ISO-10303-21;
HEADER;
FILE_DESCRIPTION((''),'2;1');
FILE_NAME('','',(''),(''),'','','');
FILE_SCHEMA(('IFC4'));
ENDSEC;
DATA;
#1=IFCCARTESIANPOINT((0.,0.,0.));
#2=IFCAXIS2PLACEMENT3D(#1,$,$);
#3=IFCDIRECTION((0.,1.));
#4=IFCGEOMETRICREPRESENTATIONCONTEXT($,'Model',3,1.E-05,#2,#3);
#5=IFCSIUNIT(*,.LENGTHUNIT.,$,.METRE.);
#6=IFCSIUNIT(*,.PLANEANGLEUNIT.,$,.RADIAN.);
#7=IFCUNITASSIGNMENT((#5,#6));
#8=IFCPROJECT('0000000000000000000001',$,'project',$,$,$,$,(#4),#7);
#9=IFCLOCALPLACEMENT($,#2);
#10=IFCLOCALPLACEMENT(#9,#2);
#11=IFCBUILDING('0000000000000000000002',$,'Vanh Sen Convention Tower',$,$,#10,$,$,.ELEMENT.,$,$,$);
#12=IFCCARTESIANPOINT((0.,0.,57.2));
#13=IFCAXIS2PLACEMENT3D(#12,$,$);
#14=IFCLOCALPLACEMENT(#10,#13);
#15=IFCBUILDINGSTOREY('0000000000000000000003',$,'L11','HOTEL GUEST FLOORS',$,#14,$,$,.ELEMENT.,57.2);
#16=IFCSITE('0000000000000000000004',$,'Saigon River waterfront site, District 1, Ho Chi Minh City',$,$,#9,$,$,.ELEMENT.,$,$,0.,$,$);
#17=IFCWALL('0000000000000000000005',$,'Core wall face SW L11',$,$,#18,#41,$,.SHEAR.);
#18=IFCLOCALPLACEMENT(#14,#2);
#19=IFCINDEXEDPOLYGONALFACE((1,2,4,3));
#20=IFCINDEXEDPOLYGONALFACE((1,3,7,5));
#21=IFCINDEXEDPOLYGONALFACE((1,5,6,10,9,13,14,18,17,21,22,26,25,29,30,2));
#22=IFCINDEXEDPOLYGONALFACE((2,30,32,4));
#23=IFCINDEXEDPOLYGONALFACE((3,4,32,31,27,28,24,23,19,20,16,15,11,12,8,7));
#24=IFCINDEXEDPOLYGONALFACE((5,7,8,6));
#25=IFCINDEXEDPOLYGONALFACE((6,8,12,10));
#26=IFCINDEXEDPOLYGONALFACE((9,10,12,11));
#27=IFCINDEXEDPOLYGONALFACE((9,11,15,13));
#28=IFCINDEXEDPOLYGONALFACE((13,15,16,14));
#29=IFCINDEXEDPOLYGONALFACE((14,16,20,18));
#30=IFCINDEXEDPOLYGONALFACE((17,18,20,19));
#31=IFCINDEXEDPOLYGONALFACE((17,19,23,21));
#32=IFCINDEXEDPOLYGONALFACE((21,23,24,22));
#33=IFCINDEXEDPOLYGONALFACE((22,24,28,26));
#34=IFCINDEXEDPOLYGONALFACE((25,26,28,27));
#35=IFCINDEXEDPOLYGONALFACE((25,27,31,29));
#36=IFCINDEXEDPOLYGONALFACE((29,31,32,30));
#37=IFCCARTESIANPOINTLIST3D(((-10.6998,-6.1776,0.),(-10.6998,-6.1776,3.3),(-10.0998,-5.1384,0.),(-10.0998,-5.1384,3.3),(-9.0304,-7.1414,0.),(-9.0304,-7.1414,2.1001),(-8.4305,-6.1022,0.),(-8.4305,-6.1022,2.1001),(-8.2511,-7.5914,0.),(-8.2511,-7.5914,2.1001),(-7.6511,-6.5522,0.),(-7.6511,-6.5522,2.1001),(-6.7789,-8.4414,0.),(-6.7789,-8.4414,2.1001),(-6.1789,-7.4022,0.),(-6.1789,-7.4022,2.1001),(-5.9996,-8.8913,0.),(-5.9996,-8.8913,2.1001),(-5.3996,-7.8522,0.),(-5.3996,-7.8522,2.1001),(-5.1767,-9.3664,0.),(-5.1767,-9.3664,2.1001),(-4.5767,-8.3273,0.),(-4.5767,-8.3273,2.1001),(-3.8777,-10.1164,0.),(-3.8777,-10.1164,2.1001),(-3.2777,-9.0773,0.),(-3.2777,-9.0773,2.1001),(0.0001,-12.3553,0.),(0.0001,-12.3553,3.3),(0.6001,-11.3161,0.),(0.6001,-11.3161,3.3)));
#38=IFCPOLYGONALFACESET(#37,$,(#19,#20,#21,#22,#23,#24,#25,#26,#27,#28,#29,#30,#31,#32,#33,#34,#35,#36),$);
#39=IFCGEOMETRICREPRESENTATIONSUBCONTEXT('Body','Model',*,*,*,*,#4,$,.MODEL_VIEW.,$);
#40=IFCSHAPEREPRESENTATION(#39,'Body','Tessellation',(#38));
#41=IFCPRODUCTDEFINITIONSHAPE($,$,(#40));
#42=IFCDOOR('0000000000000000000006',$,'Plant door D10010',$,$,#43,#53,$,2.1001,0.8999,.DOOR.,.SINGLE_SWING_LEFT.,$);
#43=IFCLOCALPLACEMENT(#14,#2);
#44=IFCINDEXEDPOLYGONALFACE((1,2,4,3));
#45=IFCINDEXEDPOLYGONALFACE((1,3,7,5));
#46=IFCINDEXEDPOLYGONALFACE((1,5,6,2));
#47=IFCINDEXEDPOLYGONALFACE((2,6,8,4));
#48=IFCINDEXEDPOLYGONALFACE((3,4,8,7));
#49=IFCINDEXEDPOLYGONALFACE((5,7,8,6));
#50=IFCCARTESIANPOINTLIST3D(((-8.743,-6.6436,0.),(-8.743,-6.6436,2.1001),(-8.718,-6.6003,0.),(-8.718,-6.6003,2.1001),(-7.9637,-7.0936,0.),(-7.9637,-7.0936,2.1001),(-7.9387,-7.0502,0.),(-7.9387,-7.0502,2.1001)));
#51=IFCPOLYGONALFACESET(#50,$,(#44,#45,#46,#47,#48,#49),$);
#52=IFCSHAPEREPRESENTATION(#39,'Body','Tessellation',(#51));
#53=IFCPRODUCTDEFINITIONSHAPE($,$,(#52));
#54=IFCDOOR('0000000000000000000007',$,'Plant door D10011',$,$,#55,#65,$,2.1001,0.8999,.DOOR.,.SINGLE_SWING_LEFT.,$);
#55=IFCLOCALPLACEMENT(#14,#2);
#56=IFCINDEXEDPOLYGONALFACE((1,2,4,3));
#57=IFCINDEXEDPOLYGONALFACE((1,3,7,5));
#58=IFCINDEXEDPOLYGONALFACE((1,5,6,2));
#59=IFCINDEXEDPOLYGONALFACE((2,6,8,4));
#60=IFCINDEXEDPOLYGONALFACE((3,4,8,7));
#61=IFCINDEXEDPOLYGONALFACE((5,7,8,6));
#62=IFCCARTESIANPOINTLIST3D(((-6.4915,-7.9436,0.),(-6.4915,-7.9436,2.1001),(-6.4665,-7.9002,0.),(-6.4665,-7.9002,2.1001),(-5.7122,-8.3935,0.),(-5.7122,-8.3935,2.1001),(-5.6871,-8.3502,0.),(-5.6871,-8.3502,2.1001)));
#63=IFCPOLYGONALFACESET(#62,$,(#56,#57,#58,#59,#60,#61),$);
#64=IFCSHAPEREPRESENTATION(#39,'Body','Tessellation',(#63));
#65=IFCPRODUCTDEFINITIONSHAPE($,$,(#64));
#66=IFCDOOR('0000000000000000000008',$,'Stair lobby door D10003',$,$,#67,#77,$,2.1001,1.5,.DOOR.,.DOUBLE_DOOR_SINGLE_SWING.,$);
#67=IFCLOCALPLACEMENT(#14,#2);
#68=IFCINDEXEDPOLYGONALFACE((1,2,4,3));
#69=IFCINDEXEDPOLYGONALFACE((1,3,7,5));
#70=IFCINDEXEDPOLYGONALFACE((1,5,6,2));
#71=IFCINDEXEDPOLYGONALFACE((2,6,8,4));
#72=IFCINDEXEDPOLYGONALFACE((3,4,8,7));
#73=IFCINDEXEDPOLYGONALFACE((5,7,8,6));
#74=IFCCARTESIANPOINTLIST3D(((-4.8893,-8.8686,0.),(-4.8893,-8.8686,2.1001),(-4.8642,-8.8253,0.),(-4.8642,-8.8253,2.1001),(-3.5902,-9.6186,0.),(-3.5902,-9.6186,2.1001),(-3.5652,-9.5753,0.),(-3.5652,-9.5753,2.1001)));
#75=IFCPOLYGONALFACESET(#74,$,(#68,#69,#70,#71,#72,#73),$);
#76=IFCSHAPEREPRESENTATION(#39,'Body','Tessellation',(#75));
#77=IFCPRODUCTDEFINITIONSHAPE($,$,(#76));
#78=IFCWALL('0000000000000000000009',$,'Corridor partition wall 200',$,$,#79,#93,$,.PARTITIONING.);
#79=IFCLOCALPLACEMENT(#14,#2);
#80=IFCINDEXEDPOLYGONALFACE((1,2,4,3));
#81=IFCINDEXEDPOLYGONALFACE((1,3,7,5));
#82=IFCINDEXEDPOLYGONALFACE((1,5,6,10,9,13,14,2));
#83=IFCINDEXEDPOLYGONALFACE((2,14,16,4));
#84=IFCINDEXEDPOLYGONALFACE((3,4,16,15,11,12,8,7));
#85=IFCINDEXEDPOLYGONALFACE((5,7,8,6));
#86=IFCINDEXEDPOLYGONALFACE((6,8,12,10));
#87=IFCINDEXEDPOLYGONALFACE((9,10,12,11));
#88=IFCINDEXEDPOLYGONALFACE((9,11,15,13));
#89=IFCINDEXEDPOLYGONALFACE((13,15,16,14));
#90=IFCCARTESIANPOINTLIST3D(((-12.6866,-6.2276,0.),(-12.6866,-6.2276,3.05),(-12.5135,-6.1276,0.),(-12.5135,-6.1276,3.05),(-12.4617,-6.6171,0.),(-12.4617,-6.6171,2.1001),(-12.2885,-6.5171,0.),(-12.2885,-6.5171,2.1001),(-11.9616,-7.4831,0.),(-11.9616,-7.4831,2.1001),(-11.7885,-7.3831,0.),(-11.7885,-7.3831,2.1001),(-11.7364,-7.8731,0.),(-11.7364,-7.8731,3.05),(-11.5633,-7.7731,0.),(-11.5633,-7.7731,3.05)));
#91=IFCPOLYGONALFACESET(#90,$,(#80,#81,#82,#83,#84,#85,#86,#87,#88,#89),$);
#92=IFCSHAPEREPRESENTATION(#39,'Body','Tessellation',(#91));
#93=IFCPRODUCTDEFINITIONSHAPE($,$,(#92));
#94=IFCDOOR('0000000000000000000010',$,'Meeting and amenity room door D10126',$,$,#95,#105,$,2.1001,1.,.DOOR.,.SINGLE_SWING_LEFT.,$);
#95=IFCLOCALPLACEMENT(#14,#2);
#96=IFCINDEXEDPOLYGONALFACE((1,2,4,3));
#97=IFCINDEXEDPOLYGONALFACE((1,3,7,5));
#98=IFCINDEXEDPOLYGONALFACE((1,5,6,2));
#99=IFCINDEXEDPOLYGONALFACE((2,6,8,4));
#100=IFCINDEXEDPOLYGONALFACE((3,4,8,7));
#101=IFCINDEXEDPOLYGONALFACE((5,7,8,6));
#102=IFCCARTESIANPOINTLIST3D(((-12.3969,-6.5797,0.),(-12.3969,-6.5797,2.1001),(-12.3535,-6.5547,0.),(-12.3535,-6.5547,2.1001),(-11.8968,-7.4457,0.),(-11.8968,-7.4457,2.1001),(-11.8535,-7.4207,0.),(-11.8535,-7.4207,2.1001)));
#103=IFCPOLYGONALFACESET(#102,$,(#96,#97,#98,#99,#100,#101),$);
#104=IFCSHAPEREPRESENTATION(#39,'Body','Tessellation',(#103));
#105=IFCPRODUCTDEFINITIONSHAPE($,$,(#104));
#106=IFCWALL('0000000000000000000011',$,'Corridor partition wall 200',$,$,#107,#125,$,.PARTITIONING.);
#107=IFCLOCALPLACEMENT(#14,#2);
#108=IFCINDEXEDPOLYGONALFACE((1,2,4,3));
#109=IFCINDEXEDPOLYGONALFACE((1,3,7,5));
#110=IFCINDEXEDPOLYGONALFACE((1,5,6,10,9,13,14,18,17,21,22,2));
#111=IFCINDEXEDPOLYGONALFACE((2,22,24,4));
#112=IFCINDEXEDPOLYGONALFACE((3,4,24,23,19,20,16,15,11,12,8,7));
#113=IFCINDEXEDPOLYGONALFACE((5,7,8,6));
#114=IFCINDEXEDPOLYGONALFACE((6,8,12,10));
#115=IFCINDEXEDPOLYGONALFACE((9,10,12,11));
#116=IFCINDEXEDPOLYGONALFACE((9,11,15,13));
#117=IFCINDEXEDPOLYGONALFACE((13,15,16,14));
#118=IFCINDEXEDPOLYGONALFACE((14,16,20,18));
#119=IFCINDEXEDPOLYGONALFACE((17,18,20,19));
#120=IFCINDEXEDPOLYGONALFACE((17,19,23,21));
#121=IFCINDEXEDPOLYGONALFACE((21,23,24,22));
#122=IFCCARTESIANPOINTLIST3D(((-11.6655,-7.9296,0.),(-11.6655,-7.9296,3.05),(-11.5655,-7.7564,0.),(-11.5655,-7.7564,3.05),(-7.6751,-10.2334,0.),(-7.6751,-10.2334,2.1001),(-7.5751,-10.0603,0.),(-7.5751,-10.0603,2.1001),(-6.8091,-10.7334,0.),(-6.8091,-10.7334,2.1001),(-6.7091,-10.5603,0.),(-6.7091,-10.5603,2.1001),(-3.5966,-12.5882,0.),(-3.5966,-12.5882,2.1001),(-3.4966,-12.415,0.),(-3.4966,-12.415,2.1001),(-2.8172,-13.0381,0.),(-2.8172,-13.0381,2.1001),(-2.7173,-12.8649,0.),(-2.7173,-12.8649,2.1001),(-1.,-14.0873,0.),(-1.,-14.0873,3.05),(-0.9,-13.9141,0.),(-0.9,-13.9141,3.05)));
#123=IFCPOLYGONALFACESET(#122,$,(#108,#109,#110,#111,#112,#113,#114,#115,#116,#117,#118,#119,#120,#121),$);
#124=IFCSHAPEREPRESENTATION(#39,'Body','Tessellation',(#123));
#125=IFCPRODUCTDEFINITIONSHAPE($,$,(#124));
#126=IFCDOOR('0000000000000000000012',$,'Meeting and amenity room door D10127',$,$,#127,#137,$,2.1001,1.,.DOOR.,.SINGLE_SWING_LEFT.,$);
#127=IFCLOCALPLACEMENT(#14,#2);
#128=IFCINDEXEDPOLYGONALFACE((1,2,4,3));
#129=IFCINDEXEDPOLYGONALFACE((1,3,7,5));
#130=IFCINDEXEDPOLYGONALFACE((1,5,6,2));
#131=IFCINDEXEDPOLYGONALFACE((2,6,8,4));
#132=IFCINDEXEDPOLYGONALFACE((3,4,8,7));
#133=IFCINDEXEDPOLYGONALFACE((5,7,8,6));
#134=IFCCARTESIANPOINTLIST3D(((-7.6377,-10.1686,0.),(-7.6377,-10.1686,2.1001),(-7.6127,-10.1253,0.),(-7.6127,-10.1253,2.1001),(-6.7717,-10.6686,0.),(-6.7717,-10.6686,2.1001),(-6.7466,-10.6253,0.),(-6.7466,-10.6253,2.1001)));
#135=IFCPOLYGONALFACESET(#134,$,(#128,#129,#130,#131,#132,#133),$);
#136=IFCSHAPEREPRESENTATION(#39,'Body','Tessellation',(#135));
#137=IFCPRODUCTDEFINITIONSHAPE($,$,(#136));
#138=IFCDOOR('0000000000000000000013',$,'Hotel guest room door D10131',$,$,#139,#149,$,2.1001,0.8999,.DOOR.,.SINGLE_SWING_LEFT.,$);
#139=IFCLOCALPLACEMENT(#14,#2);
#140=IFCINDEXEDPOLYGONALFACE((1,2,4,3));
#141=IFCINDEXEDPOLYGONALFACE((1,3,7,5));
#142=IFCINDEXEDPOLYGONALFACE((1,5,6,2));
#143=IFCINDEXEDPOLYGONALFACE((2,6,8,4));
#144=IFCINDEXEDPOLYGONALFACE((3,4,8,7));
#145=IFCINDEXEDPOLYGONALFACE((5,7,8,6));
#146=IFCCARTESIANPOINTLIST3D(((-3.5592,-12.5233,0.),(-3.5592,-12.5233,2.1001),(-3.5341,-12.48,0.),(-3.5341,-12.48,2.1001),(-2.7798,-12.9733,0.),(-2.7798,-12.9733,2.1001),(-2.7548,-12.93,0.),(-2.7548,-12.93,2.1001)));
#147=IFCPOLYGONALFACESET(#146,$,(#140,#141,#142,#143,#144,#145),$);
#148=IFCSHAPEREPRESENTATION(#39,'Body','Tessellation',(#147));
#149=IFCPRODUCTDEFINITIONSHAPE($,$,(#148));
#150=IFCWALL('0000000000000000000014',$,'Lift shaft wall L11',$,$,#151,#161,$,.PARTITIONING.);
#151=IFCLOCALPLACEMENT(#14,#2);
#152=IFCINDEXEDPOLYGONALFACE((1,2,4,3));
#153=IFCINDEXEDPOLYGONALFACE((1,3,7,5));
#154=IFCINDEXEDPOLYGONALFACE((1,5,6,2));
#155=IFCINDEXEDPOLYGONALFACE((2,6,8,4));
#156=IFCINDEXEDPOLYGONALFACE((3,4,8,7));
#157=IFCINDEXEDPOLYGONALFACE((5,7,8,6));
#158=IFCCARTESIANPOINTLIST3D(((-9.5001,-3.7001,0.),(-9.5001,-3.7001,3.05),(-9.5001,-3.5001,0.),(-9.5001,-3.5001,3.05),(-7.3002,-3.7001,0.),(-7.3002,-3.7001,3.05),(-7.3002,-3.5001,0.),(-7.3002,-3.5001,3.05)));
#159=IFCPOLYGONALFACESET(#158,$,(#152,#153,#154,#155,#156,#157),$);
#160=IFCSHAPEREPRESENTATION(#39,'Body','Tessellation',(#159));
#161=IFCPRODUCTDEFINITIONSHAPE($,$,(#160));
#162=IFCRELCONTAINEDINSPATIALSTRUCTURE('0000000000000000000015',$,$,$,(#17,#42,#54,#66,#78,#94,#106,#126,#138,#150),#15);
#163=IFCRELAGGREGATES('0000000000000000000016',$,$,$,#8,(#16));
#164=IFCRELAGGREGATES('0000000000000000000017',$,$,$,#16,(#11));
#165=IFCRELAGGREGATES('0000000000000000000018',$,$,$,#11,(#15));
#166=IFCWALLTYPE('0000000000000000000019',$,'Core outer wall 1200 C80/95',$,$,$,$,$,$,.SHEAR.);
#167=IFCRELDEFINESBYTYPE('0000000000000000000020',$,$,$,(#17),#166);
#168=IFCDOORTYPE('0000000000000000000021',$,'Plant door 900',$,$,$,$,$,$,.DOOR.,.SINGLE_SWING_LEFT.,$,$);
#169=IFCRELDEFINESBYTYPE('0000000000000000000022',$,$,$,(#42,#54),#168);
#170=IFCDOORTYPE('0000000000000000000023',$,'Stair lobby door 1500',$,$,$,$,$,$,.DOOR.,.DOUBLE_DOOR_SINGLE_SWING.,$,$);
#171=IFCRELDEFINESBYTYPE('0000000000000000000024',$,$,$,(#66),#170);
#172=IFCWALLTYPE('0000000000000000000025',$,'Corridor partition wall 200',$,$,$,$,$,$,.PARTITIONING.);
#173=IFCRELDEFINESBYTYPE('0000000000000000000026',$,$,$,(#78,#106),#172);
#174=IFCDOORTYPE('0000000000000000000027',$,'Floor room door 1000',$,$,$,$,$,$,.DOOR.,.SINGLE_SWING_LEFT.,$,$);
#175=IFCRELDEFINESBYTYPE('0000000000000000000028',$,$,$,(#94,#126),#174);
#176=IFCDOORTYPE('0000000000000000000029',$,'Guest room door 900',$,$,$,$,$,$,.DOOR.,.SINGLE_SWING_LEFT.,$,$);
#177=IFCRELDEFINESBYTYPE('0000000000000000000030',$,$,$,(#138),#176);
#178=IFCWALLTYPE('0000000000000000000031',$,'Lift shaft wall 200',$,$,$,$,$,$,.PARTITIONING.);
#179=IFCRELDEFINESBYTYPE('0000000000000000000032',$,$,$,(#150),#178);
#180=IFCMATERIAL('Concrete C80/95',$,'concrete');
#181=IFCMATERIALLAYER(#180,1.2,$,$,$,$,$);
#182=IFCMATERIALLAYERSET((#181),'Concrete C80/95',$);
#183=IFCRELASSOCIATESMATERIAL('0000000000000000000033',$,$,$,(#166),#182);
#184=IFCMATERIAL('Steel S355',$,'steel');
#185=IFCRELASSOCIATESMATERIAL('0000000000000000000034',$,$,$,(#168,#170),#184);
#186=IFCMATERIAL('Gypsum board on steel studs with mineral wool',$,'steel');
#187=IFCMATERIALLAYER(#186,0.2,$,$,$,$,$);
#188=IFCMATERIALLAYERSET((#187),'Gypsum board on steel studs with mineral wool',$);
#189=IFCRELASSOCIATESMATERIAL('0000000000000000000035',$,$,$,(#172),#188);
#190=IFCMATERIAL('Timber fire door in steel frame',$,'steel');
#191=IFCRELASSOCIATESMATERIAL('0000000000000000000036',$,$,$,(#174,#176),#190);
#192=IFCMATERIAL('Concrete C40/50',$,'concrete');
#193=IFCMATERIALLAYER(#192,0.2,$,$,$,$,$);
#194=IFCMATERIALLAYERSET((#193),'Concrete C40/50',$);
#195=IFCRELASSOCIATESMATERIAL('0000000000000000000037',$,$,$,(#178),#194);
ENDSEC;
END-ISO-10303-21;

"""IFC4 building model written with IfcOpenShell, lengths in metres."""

from ifc_helpers import new_model, si_unit, direction, frame, frame_2d, origin, place, context, subcontext, project, spatial, rectangle, extrude, material, layer, layer_set, type_object, element, fill, save


model = new_model("IFC4")

# Units and contexts
model_context = context("Model", 3, precision=1e-05, world=origin(), true_north=direction((0.0, 1.0)))
body_context = subcontext(model_context, "Body", "Model", "MODEL_VIEW")
ifc_project = project(units=[si_unit("LENGTHUNIT", "METRE"), si_unit("PLANEANGLEUNIT", "RADIAN")], contexts=[model_context])

# Site, building, storey
site_placement = place(None, origin())
site = spatial("IfcSite", under=ifc_project, at=site_placement, Name="Saigon River waterfront site, District 1, Ho Chi Minh City", CompositionType="ELEMENT", RefElevation=0.0)
building_placement = place(site_placement, origin())
building = spatial("IfcBuilding", under=site, at=building_placement, Name="Vanh Sen Convention Tower", CompositionType="ELEMENT")
storey_placement = place(building_placement, frame((0.0, 0.0, 57.2)))
storey = spatial("IfcBuildingStorey", under=building, at=storey_placement, Name="L11", Description="HOTEL GUEST FLOORS", CompositionType="ELEMENT", Elevation=57.2)

# Wall, openings, doors
ifc_material_1 = material(Name="Concrete C80/95", Category="concrete")
ifc_layer_1 = layer(ifc_material_1, 1.2)
ifc_layer_set_1 = layer_set([ifc_layer_1], Name="Concrete C80/95")
wall_type_1 = type_object("IfcWallType", Name="Core outer wall 1200 C80/95", PredefinedType="SHEAR", material=ifc_layer_set_1)
wall_1_placement = place(storey_placement, frame((-10.3999, -5.658, 0.0), z_axis=(0.0, 0.0, 1.0), x_axis=(0.866021, -0.500007, 0.0)))
wall_1 = element("IfcWall", 1, at=wall_1_placement, inside=storey, type_object=wall_type_1, Name="Core wall face SW L11", PredefinedType="SHEAR", context=body_context, shape_type="SweptSolid", body=[
    extrude(rectangle(XDim=12.3552, YDim=1.2, at=frame_2d((6.1777, 0.0))), origin(), (0.0, 0.0, 1.0), 3.3),
])
opening_1_placement = place(wall_1_placement, frame((6.3777, 0.0, 0.0)))
opening_1 = element("IfcOpeningElement", 2, at=opening_1_placement, cuts=wall_1, PredefinedType="OPENING", context=body_context, shape_type="SweptSolid", body=[
    extrude(rectangle(XDim=1.5, YDim=2.1001, at=frame_2d((0.75, 1.05))), frame((0.0, 0.6099, 0.0), z_axis=(0.0, -1.0, 0.0), x_axis=(1.0, 0.0, 0.0)), (0.0, 0.0, 1.0), 1.22),
])
opening_2_placement = place(wall_1_placement, frame((1.9277, 0.0, 0.0)))
opening_2 = element("IfcOpeningElement", 3, at=opening_2_placement, cuts=wall_1, PredefinedType="OPENING", context=body_context, shape_type="SweptSolid", body=[
    extrude(rectangle(XDim=0.8999, YDim=2.1001, at=frame_2d((0.45, 1.05))), frame((0.0, 0.6099, 0.0), z_axis=(0.0, -1.0, 0.0), x_axis=(1.0, 0.0, 0.0)), (0.0, 0.0, 1.0), 1.22),
])
opening_3_placement = place(wall_1_placement, frame((4.5276, 0.0, 0.0)))
opening_3 = element("IfcOpeningElement", 4, at=opening_3_placement, cuts=wall_1, PredefinedType="OPENING", context=body_context, shape_type="SweptSolid", body=[
    extrude(rectangle(XDim=0.8999, YDim=2.1001, at=frame_2d((0.45, 1.05))), frame((0.0, 0.6099, 0.0), z_axis=(0.0, -1.0, 0.0), x_axis=(1.0, 0.0, 0.0)), (0.0, 0.0, 1.0), 1.22),
])
ifc_material_2 = material(Name="Steel S355", Category="steel")
door_type_1 = type_object("IfcDoorType", Name="Plant door 900", OperationType="SINGLE_SWING_LEFT", PredefinedType="DOOR", material=ifc_material_2)
door_1_placement = place(opening_2_placement, origin())
door_1 = element("IfcDoor", 5, at=door_1_placement, inside=storey, type_object=door_type_1, Name="Plant door D10010", OperationType="SINGLE_SWING_LEFT", OverallHeight=2.1001, OverallWidth=0.8999, PredefinedType="DOOR", context=body_context, shape_type="SweptSolid", body=[
    extrude(rectangle(XDim=0.8999, YDim=2.1001, at=frame_2d((0.45, 1.05))), frame((0.0, 0.0249, 0.0), z_axis=(0.0, -1.0, 0.0), x_axis=(1.0, 0.0, 0.0)), (0.0, 0.0, 1.0), 0.05),
])
fill(opening_2, door_1)
door_2_placement = place(opening_3_placement, origin())
door_2 = element("IfcDoor", 6, at=door_2_placement, inside=storey, type_object=door_type_1, Name="Plant door D10011", OperationType="SINGLE_SWING_LEFT", OverallHeight=2.1001, OverallWidth=0.8999, PredefinedType="DOOR", context=body_context, shape_type="SweptSolid", body=[
    extrude(rectangle(XDim=0.8999, YDim=2.1001, at=frame_2d((0.45, 1.05))), frame((0.0, 0.0249, 0.0), z_axis=(0.0, -1.0, 0.0), x_axis=(1.0, 0.0, 0.0)), (0.0, 0.0, 1.0), 0.05),
])
fill(opening_3, door_2)
door_type_2 = type_object("IfcDoorType", Name="Stair lobby door 1500", OperationType="DOUBLE_DOOR_SINGLE_SWING", PredefinedType="DOOR", material=ifc_material_2)
door_3_placement = place(opening_1_placement, origin())
door_3 = element("IfcDoor", 7, at=door_3_placement, inside=storey, type_object=door_type_2, Name="Stair lobby door D10003", OperationType="DOUBLE_DOOR_SINGLE_SWING", OverallHeight=2.1001, OverallWidth=1.5, PredefinedType="DOOR", context=body_context, shape_type="SweptSolid", body=[
    extrude(rectangle(XDim=1.5, YDim=2.1001, at=frame_2d((0.75, 1.05))), frame((0.0, 0.0249, 0.0), z_axis=(0.0, -1.0, 0.0), x_axis=(1.0, 0.0, 0.0)), (0.0, 0.0, 1.0), 0.05),
])
fill(opening_1, door_3)

# Wall, opening, door
ifc_material_3 = material(Name="Gypsum board on steel studs with mineral wool", Category="steel")
ifc_layer_2 = layer(ifc_material_3, 0.2)
ifc_layer_set_2 = layer_set([ifc_layer_2], Name="Gypsum board on steel studs with mineral wool")
wall_type_2 = type_object("IfcWallType", Name="Corridor partition wall 200", PredefinedType="PARTITIONING", material=ifc_layer_set_2)
wall_2_placement = place(storey_placement, frame((-12.6001, -6.1775, 0.0), z_axis=(0.0, 0.0, 1.0), x_axis=(0.500064, -0.865989, 0.0)))
wall_2 = element("IfcWall", 8, at=wall_2_placement, inside=storey, type_object=wall_type_2, Name="Corridor partition wall 200", PredefinedType="PARTITIONING", context=body_context, shape_type="SweptSolid", body=[
    extrude(rectangle(XDim=1.9001, YDim=0.2, at=frame_2d((0.9502, 0.0))), origin(), (0.0, 0.0, 1.0), 3.05),
])
opening_4_placement = place(wall_2_placement, frame((0.45, 0.0, 0.0)))
opening_4 = element("IfcOpeningElement", 9, at=opening_4_placement, cuts=wall_2, PredefinedType="OPENING", context=body_context, shape_type="SweptSolid", body=[
    extrude(rectangle(XDim=1.0, YDim=2.1001, at=frame_2d((0.5, 1.05))), frame((0.0, 0.1099, 0.0), z_axis=(0.0, -1.0, 0.0), x_axis=(1.0, 0.0, 0.0)), (0.0, 0.0, 1.0), 0.22),
])
ifc_material_4 = material(Name="Timber fire door in steel frame", Category="steel")
door_type_3 = type_object("IfcDoorType", Name="Floor room door 1000", OperationType="SINGLE_SWING_LEFT", PredefinedType="DOOR", material=ifc_material_4)
door_4_placement = place(opening_4_placement, origin())
door_4 = element("IfcDoor", 10, at=door_4_placement, inside=storey, type_object=door_type_3, Name="Meeting and amenity room door D10126", OperationType="SINGLE_SWING_LEFT", OverallHeight=2.1001, OverallWidth=1.0, PredefinedType="DOOR", context=body_context, shape_type="SweptSolid", body=[
    extrude(rectangle(XDim=1.0, YDim=2.1001, at=frame_2d((0.5, 1.05))), frame((0.0, 0.0249, 0.0), z_axis=(0.0, -1.0, 0.0), x_axis=(1.0, 0.0, 0.0)), (0.0, 0.0, 1.0), 0.05),
])
fill(opening_4, door_4)

# Wall, openings, doors
wall_3_placement = place(storey_placement, frame((-11.6155, -7.843, 0.0), z_axis=(0.0, 0.0, 1.0), x_axis=(0.866026, -0.499998, 0.0)))
wall_3 = element("IfcWall", 11, at=wall_3_placement, inside=storey, type_object=wall_type_2, Name="Corridor partition wall 200", PredefinedType="PARTITIONING", context=body_context, shape_type="SweptSolid", body=[
    extrude(rectangle(XDim=12.3154, YDim=0.2, at=frame_2d((6.1577, 0.0))), origin(), (0.0, 0.0, 1.0), 3.05),
])
opening_5_placement = place(wall_3_placement, frame((4.6077, 0.0, 0.0)))
opening_5 = element("IfcOpeningElement", 12, at=opening_5_placement, cuts=wall_3, PredefinedType="OPENING", context=body_context, shape_type="SweptSolid", body=[
    extrude(rectangle(XDim=1.0, YDim=2.1001, at=frame_2d((0.5, 1.05))), frame((0.0, 0.1099, 0.0), z_axis=(0.0, -1.0, 0.0), x_axis=(1.0, 0.0, 0.0)), (0.0, 0.0, 1.0), 0.22),
])
opening_6_placement = place(wall_3_placement, frame((9.3171, 0.0, 0.0)))
opening_6 = element("IfcOpeningElement", 13, at=opening_6_placement, cuts=wall_3, PredefinedType="OPENING", context=body_context, shape_type="SweptSolid", body=[
    extrude(rectangle(XDim=0.8999, YDim=2.1001, at=frame_2d((0.45, 1.05))), frame((0.0, 0.1099, 0.0), z_axis=(0.0, -1.0, 0.0), x_axis=(1.0, 0.0, 0.0)), (0.0, 0.0, 1.0), 0.22),
])
door_5_placement = place(opening_5_placement, origin())
door_5 = element("IfcDoor", 14, at=door_5_placement, inside=storey, type_object=door_type_3, Name="Meeting and amenity room door D10127", OperationType="SINGLE_SWING_LEFT", OverallHeight=2.1001, OverallWidth=1.0, PredefinedType="DOOR", context=body_context, shape_type="SweptSolid", body=[
    extrude(rectangle(XDim=1.0, YDim=2.1001, at=frame_2d((0.5, 1.05))), frame((0.0, 0.0249, 0.0), z_axis=(0.0, -1.0, 0.0), x_axis=(1.0, 0.0, 0.0)), (0.0, 0.0, 1.0), 0.05),
])
fill(opening_5, door_5)
door_type_4 = type_object("IfcDoorType", Name="Guest room door 900", OperationType="SINGLE_SWING_LEFT", PredefinedType="DOOR", material=ifc_material_4)
door_6_placement = place(opening_6_placement, origin())
door_6 = element("IfcDoor", 15, at=door_6_placement, inside=storey, type_object=door_type_4, Name="Hotel guest room door D10131", OperationType="SINGLE_SWING_LEFT", OverallHeight=2.1001, OverallWidth=0.8999, PredefinedType="DOOR", context=body_context, shape_type="SweptSolid", body=[
    extrude(rectangle(XDim=0.8999, YDim=2.1001, at=frame_2d((0.45, 1.05))), frame((0.0, 0.0249, 0.0), z_axis=(0.0, -1.0, 0.0), x_axis=(1.0, 0.0, 0.0)), (0.0, 0.0, 1.0), 0.05),
])
fill(opening_6, door_6)

# Wall
ifc_material_5 = material(Name="Concrete C40/50", Category="concrete")
ifc_layer_3 = layer(ifc_material_5, 0.2)
ifc_layer_set_3 = layer_set([ifc_layer_3], Name="Concrete C40/50")
wall_type_3 = type_object("IfcWallType", Name="Lift shaft wall 200", PredefinedType="PARTITIONING", material=ifc_layer_set_3)
wall_4_placement = place(storey_placement, frame((-7.3, -3.6001, 0.0), z_axis=(0.0, 0.0, 1.0), x_axis=(-1.0, 0.0, 0.0)))
element("IfcWall", 16, at=wall_4_placement, inside=storey, type_object=wall_type_3, Name="Lift shaft wall L11", PredefinedType="PARTITIONING", context=body_context, shape_type="SweptSolid", body=[
    extrude(rectangle(XDim=2.2, YDim=0.2, at=frame_2d((1.1001, 0.0))), origin(), (0.0, 0.0, 1.0), 3.05),
])

save(model, "model.ifc")
